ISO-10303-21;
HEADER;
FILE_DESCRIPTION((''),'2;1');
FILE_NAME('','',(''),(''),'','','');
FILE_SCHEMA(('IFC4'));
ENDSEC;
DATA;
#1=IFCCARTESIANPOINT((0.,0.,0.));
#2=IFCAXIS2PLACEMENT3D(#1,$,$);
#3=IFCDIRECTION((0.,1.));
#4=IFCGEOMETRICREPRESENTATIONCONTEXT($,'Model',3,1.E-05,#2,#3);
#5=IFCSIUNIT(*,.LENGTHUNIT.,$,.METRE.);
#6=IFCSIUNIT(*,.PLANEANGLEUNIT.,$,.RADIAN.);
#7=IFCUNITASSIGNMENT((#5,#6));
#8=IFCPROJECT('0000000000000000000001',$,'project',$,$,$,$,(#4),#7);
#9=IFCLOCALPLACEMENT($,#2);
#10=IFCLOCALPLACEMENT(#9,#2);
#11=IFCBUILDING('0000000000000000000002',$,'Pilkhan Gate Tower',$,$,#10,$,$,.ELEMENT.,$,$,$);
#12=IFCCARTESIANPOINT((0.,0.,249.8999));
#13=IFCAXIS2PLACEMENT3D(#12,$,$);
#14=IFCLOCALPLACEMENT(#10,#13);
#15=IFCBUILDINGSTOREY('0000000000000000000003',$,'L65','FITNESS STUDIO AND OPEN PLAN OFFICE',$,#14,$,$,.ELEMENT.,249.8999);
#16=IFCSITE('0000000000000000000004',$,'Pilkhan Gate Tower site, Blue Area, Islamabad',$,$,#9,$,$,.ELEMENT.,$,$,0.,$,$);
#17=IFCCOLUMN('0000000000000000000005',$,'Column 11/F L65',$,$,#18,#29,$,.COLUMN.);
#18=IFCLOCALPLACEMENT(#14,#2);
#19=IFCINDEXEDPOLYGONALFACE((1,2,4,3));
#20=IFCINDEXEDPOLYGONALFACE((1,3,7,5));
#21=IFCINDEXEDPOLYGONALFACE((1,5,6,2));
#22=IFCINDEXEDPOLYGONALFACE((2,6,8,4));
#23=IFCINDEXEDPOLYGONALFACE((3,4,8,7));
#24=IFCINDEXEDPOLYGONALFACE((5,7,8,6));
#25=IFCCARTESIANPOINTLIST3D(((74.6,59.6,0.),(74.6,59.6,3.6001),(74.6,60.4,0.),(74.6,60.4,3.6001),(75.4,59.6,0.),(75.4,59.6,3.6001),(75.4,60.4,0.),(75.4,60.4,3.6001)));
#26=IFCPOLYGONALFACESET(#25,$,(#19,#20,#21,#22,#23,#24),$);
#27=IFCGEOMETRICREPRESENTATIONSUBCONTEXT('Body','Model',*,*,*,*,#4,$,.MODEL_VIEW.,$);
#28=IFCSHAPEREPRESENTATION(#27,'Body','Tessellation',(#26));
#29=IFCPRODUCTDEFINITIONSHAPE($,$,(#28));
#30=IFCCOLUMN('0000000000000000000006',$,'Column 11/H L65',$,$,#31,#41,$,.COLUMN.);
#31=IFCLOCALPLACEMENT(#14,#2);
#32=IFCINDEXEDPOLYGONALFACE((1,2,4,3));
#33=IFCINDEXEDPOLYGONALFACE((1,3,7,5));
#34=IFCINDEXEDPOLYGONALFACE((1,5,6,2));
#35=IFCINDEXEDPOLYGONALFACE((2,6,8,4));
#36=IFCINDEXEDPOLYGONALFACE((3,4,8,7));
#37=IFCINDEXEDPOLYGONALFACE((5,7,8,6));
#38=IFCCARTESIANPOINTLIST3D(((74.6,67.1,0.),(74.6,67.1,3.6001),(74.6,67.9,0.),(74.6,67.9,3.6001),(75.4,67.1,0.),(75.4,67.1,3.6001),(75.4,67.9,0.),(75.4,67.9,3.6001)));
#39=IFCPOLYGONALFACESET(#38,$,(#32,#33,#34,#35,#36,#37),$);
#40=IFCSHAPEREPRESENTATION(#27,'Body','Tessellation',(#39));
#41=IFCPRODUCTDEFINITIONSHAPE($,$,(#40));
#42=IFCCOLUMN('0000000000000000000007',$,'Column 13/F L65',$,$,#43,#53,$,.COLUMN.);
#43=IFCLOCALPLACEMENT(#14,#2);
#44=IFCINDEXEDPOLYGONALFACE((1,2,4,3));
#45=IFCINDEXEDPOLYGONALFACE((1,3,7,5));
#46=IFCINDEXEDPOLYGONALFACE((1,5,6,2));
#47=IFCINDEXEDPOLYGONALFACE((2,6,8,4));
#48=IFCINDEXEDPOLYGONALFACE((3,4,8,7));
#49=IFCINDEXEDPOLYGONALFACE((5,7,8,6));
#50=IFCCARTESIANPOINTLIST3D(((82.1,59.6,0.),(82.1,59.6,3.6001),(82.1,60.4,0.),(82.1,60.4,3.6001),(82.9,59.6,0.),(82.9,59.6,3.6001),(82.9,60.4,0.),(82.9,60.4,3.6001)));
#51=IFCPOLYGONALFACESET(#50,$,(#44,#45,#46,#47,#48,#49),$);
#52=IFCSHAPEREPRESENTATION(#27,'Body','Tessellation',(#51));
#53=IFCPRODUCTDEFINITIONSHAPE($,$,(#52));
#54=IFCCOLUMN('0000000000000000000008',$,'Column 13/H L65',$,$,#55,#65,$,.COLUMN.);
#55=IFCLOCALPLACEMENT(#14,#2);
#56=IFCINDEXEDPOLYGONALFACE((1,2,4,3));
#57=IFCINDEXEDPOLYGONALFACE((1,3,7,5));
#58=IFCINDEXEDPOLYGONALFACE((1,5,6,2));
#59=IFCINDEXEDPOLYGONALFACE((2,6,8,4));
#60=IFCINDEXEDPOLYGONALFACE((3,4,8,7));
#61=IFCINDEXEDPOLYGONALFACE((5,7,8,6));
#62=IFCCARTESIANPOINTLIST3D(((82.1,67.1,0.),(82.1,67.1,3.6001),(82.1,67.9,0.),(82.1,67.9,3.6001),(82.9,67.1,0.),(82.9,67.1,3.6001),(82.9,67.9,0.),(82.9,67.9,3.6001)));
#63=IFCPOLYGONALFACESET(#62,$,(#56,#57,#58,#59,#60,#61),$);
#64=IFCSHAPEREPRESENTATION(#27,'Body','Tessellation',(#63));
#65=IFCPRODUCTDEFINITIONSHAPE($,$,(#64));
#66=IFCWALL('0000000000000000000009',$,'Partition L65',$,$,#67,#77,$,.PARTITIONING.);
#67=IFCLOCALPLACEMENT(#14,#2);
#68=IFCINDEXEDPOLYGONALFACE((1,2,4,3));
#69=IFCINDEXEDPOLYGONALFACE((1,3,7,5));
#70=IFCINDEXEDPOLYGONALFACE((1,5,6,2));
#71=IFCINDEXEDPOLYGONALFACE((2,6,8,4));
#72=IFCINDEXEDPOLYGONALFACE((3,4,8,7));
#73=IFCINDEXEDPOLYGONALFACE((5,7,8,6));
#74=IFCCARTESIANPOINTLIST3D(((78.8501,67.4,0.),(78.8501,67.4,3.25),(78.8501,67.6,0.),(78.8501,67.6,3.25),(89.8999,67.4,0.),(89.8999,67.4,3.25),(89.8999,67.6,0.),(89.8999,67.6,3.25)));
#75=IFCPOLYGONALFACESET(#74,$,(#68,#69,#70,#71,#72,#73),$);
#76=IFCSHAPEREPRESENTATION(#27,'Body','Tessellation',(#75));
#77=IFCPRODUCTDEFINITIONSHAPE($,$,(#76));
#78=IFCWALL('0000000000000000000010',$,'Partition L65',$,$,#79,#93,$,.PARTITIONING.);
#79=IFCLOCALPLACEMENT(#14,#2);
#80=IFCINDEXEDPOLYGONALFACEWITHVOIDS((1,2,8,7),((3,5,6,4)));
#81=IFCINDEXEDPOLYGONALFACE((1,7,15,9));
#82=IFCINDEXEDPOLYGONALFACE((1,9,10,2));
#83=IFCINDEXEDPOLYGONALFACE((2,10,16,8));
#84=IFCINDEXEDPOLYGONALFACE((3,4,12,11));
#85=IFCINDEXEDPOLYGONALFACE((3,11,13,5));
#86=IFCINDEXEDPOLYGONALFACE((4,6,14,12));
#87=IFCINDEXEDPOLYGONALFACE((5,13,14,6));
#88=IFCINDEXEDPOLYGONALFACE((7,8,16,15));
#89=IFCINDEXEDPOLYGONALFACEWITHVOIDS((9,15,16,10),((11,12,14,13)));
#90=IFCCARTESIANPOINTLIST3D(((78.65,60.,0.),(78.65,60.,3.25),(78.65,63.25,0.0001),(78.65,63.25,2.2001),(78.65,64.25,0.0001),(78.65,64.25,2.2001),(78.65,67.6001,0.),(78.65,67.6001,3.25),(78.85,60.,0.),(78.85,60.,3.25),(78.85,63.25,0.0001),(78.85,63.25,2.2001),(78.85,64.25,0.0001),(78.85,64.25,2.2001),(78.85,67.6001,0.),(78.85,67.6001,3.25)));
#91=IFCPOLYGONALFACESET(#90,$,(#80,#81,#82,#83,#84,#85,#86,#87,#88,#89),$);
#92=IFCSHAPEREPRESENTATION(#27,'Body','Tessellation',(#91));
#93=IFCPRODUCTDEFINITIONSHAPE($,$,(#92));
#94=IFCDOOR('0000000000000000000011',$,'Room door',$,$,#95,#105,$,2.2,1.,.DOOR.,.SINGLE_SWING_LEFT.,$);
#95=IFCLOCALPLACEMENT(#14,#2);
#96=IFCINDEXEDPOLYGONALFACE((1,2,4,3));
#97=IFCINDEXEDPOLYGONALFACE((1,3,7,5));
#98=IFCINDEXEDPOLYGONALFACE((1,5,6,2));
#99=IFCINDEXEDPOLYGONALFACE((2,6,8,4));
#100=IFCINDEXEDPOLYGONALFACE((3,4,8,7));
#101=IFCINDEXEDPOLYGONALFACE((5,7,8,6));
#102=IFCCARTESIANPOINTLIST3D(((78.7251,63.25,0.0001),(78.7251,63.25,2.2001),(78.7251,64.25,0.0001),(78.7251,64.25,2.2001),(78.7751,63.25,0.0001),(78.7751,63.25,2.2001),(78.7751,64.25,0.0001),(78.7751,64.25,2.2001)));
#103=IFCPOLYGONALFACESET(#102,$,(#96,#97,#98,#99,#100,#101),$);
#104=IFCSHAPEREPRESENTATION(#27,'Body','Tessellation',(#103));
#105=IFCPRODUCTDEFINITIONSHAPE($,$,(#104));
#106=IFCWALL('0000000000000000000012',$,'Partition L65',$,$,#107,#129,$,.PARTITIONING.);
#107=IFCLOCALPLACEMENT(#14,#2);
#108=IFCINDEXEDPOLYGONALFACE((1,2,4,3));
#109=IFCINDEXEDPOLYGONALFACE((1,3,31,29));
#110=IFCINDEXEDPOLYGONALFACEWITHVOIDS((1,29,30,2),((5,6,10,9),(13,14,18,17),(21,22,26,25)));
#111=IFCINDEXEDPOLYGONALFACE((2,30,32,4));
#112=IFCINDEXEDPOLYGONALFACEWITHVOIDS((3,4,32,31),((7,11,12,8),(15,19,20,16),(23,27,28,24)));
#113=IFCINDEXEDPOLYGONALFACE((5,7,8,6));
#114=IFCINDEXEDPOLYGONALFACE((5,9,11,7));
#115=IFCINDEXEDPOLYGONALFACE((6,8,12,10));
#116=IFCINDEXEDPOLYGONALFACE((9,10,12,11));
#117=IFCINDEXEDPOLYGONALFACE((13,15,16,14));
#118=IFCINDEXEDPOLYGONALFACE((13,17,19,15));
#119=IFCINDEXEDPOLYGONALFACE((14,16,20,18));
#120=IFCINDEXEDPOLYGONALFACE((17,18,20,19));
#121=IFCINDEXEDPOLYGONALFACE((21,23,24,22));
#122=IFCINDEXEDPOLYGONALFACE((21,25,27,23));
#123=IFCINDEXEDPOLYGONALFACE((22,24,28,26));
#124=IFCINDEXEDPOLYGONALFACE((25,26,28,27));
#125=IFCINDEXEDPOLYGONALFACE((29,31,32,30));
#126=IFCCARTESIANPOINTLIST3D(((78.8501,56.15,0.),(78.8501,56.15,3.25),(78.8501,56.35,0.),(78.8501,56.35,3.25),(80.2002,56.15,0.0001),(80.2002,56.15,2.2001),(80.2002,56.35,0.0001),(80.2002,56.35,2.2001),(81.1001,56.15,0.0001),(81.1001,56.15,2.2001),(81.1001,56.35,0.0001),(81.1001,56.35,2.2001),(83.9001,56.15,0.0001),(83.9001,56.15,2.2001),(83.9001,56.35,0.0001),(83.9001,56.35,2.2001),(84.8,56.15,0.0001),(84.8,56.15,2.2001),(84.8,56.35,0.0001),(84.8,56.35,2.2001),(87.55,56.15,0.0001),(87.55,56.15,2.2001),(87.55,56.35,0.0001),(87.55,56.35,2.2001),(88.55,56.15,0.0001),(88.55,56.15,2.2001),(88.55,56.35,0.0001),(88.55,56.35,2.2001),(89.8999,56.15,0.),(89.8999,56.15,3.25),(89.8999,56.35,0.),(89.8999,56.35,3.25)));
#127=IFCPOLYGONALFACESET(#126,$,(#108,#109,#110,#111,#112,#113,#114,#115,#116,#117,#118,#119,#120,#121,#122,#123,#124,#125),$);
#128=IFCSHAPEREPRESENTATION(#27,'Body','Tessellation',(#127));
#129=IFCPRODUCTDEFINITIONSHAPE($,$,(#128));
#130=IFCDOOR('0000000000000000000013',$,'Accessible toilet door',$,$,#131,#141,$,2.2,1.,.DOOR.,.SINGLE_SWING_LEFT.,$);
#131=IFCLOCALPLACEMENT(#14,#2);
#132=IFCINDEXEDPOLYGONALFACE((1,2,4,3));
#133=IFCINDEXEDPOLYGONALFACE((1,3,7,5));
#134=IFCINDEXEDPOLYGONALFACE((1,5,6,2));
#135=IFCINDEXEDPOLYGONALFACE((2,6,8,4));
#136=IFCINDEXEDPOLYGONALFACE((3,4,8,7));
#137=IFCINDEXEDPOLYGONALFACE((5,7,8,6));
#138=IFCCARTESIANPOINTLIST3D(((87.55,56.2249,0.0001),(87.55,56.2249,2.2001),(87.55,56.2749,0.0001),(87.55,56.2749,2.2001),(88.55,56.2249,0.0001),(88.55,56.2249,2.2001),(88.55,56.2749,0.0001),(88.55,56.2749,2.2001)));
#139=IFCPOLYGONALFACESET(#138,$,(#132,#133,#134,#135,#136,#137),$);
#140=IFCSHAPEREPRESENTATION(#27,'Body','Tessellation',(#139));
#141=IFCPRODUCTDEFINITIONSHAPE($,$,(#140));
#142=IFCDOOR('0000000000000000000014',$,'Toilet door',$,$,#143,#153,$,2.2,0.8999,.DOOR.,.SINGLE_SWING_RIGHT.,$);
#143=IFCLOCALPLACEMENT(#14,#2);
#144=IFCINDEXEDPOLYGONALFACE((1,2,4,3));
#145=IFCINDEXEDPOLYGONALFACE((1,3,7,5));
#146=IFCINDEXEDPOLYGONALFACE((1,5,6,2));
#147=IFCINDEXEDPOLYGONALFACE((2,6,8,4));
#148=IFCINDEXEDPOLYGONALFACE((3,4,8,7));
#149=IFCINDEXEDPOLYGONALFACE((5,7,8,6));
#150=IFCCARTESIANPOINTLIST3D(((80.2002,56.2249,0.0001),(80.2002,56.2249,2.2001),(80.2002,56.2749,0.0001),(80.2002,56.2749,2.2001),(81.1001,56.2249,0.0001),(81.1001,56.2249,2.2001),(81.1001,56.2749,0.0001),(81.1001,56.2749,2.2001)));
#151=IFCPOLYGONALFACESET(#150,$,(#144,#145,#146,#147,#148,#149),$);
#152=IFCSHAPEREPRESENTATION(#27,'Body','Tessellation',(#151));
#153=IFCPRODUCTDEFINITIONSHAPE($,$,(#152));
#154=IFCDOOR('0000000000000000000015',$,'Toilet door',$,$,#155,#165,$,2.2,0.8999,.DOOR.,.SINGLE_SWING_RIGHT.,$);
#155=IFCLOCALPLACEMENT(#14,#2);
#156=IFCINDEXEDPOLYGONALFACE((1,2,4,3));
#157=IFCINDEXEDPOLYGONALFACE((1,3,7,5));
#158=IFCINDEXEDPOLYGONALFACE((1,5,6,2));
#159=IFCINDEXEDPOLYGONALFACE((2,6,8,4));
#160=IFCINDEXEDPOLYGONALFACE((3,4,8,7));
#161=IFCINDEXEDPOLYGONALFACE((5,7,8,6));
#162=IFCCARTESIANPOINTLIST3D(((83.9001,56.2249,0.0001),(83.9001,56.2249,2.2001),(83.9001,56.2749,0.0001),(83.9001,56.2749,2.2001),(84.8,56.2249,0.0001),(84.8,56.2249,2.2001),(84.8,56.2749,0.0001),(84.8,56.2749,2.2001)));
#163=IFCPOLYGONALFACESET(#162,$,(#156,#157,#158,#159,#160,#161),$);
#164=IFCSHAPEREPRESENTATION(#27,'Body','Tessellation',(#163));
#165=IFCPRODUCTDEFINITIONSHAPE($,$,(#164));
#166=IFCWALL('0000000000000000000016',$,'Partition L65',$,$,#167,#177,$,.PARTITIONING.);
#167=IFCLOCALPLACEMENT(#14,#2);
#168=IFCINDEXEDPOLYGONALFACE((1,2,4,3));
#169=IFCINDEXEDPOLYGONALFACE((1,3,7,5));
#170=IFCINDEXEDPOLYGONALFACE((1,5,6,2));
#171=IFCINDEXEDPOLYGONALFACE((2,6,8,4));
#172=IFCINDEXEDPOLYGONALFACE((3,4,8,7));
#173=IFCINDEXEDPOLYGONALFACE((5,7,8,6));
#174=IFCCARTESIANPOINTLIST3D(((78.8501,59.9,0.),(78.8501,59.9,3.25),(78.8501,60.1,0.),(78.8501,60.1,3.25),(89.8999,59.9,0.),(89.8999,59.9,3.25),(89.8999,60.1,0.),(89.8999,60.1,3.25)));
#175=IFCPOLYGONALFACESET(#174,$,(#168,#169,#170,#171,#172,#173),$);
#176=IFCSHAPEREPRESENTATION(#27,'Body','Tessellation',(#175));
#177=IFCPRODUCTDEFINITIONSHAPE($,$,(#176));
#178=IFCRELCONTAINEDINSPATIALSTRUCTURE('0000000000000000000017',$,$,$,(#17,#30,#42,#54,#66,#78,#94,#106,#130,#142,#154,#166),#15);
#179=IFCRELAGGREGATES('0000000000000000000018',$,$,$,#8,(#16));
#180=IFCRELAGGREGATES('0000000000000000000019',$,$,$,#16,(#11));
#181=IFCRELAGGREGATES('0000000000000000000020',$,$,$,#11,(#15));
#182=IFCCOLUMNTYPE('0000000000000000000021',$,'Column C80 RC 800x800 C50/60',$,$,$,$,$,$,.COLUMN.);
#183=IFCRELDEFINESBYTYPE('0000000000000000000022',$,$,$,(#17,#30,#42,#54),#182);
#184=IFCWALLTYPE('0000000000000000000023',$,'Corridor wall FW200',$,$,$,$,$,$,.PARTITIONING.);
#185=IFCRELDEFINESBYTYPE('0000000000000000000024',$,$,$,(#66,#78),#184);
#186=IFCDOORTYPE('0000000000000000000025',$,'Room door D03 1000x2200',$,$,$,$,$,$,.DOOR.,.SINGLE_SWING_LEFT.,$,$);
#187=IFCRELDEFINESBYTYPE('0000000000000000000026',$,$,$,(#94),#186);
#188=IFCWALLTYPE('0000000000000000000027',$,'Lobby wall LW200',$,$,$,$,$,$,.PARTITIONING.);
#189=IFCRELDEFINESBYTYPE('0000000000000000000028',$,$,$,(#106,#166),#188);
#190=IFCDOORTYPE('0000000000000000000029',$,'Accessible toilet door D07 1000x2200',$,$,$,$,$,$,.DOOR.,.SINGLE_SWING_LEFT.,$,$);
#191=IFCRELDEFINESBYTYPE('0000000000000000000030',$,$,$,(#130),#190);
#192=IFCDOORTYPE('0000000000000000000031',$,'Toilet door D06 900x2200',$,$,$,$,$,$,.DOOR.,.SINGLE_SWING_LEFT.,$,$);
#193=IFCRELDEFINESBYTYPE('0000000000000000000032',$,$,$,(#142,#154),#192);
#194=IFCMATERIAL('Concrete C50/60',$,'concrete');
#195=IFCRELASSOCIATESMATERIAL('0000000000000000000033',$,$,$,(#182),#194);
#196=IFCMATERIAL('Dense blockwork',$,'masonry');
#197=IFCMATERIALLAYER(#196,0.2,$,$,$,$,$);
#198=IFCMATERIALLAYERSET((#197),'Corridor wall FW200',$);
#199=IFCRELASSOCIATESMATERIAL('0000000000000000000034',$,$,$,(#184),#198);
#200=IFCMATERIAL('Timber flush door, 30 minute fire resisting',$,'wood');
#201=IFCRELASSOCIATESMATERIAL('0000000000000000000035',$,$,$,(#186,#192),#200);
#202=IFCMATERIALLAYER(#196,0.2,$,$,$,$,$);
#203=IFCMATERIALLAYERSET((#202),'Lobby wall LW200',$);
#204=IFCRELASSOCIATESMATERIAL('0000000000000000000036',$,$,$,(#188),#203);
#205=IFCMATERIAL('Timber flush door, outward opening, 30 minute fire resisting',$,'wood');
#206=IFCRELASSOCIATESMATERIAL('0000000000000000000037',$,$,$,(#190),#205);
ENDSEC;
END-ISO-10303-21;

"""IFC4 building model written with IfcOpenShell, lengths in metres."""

from ifc_helpers import new_model, si_unit, direction, frame, frame_2d, origin, origin_2d, place, context, subcontext, project, spatial, rectangle, extrude, material, layer, layer_set, material_profile, profile_set, type_object, element, fill, save


model = new_model("IFC4")

# Units and contexts
model_context = context("Model", 3, precision=1e-05, world=origin(), true_north=direction((0.0, 1.0)))
body_context = subcontext(model_context, "Body", "Model", "MODEL_VIEW")
ifc_project = project(units=[si_unit("LENGTHUNIT", "METRE"), si_unit("PLANEANGLEUNIT", "RADIAN")], contexts=[model_context])

# Site, building, storey
site_placement = place(None, origin())
site = spatial("IfcSite", under=ifc_project, at=site_placement, Name="Pilkhan Gate Tower site, Blue Area, Islamabad", CompositionType="ELEMENT", RefElevation=0.0)
building_placement = place(site_placement, origin())
building = spatial("IfcBuilding", under=site, at=building_placement, Name="Pilkhan Gate Tower", CompositionType="ELEMENT")
storey_placement = place(building_placement, frame((0.0, 0.0, 249.8999)))
storey = spatial("IfcBuildingStorey", under=building, at=storey_placement, Name="L65", Description="FITNESS STUDIO AND OPEN PLAN OFFICE", CompositionType="ELEMENT", Elevation=249.8999)

# Columns
ifc_material_1 = material(Name="Concrete C50/60", Category="concrete")
ifc_material_profile = material_profile(ifc_material_1, rectangle(XDim=0.8, YDim=0.8, at=origin_2d()), Name="RC 800x800")
ifc_profile_set = profile_set([ifc_material_profile], Name="Concrete C50/60")
column_type = type_object("IfcColumnType", Name="Column C80 RC 800x800 C50/60", PredefinedType="COLUMN", material=ifc_profile_set)
for number, where, z_axis, x_axis, name in (
    (1, (75.0, 60.0, 0.0), (0.0, 0.0, 1.0), (1.0, 0.0, 0.0), "Column 11/F L65"),
    (2, (75.0, 67.5, 0.0), (0.0, 0.0, 1.0), (1.0, 0.0, 0.0), "Column 11/H L65"),
    (3, (82.5, 60.0, 0.0), (0.0, 0.0, 1.0), (1.0, 0.0, 0.0), "Column 13/F L65"),
    (4, (82.5, 67.5, 0.0), (0.0, 0.0, 1.0), (1.0, 0.0, 0.0), "Column 13/H L65"),
):
    element("IfcColumn", number, at=place(storey_placement, frame(where, z_axis=z_axis, x_axis=x_axis)), inside=storey, type_object=column_type, Name=name, PredefinedType="COLUMN", context=body_context, shape_type="SweptSolid", body=[
        extrude(rectangle(XDim=0.8, YDim=0.8, at=origin_2d()), origin(), (0.0, 0.0, 1.0), 3.6001),
    ])

# Wall
ifc_material_2 = material(Name="Dense blockwork", Category="masonry")
ifc_layer_1 = layer(ifc_material_2, 0.2)
ifc_layer_set_1 = layer_set([ifc_layer_1], Name="Corridor wall FW200")
wall_type_1 = type_object("IfcWallType", Name="Corridor wall FW200", PredefinedType="PARTITIONING", material=ifc_layer_set_1)
wall_1_placement = place(storey_placement, frame((78.8501, 67.5, 0.0), z_axis=(0.0, 0.0, 1.0), x_axis=(1.0, 0.0, 0.0)))
element("IfcWall", 5, at=wall_1_placement, inside=storey, type_object=wall_type_1, Name="Partition L65", PredefinedType="PARTITIONING", context=body_context, shape_type="SweptSolid", body=[
    extrude(rectangle(XDim=11.0498, YDim=0.2, at=frame_2d((5.5249, 0.0))), origin(), (0.0, 0.0, 1.0), 3.25),
])

# Wall, opening, door
wall_2_placement = place(storey_placement, frame((78.75, 60.0, 0.0), z_axis=(0.0, 0.0, 1.0), x_axis=(0.0, 1.0, 0.0)))
wall_2 = element("IfcWall", 6, at=wall_2_placement, inside=storey, type_object=wall_type_1, Name="Partition L65", PredefinedType="PARTITIONING", context=body_context, shape_type="SweptSolid", body=[
    extrude(rectangle(XDim=7.6001, YDim=0.2, at=frame_2d((3.8, 0.0))), origin(), (0.0, 0.0, 1.0), 3.25),
])
opening_1_placement = place(wall_2_placement, frame((3.25, 0.0, 0.0)))
opening_1 = element("IfcOpeningElement", 7, at=opening_1_placement, cuts=wall_2, PredefinedType="OPENING", context=body_context, shape_type="SweptSolid", body=[
    extrude(rectangle(XDim=1.0, YDim=2.2, at=frame_2d((0.5, 1.1001))), frame((0.0, 0.1099, 0.0), z_axis=(0.0, -1.0, 0.0), x_axis=(1.0, 0.0, 0.0)), (0.0, 0.0, 1.0), 0.22),
])
ifc_material_3 = material(Name="Timber flush door, 30 minute fire resisting", Category="wood")
door_type_1 = type_object("IfcDoorType", Name="Room door D03 1000x2200", OperationType="SINGLE_SWING_LEFT", PredefinedType="DOOR", material=ifc_material_3)
door_1_placement = place(opening_1_placement, origin())
door_1 = element("IfcDoor", 8, at=door_1_placement, inside=storey, type_object=door_type_1, Name="Room door", OperationType="SINGLE_SWING_LEFT", OverallHeight=2.2, OverallWidth=1.0, PredefinedType="DOOR", context=body_context, shape_type="SweptSolid", body=[
    extrude(rectangle(XDim=1.0, YDim=2.2, at=frame_2d((0.5, 1.1001))), frame((0.0, 0.0249, 0.0), z_axis=(0.0, -1.0, 0.0), x_axis=(1.0, 0.0, 0.0)), (0.0, 0.0, 1.0), 0.05),
])
fill(opening_1, door_1)

# Wall, openings, doors
ifc_layer_2 = layer(ifc_material_2, 0.2)
ifc_layer_set_2 = layer_set([ifc_layer_2], Name="Lobby wall LW200")
wall_type_2 = type_object("IfcWallType", Name="Lobby wall LW200", PredefinedType="PARTITIONING", material=ifc_layer_set_2)
wall_3_placement = place(storey_placement, frame((78.8501, 56.25, 0.0), z_axis=(0.0, 0.0, 1.0), x_axis=(1.0, 0.0, 0.0)))
wall_3 = element("IfcWall", 9, at=wall_3_placement, inside=storey, type_object=wall_type_2, Name="Partition L65", PredefinedType="PARTITIONING", context=body_context, shape_type="SweptSolid", body=[
    extrude(rectangle(XDim=11.0498, YDim=0.2, at=frame_2d((5.5249, 0.0))), origin(), (0.0, 0.0, 1.0), 3.25),
])
opening_2_placement = place(wall_3_placement, frame((1.3501, 0.0, 0.0)))
opening_2 = element("IfcOpeningElement", 10, at=opening_2_placement, cuts=wall_3, PredefinedType="OPENING", context=body_context, shape_type="SweptSolid", body=[
    extrude(rectangle(XDim=0.8999, YDim=2.2, at=frame_2d((0.45, 1.1001))), frame((0.0, 0.1099, 0.0), z_axis=(0.0, -1.0, 0.0), x_axis=(1.0, 0.0, 0.0)), (0.0, 0.0, 1.0), 0.22),
])
opening_3_placement = place(wall_3_placement, frame((5.05, 0.0, 0.0)))
opening_3 = element("IfcOpeningElement", 11, at=opening_3_placement, cuts=wall_3, PredefinedType="OPENING", context=body_context, shape_type="SweptSolid", body=[
    extrude(rectangle(XDim=0.8999, YDim=2.2, at=frame_2d((0.45, 1.1001))), frame((0.0, 0.1099, 0.0), z_axis=(0.0, -1.0, 0.0), x_axis=(1.0, 0.0, 0.0)), (0.0, 0.0, 1.0), 0.22),
])
opening_4_placement = place(wall_3_placement, frame((8.7, 0.0, 0.0)))
opening_4 = element("IfcOpeningElement", 12, at=opening_4_placement, cuts=wall_3, PredefinedType="OPENING", context=body_context, shape_type="SweptSolid", body=[
    extrude(rectangle(XDim=1.0, YDim=2.2, at=frame_2d((0.5, 1.1001))), frame((0.0, 0.1099, 0.0), z_axis=(0.0, -1.0, 0.0), x_axis=(1.0, 0.0, 0.0)), (0.0, 0.0, 1.0), 0.22),
])
ifc_material_4 = material(Name="Timber flush door, outward opening, 30 minute fire resisting", Category="wood")
door_type_2 = type_object("IfcDoorType", Name="Accessible toilet door D07 1000x2200", OperationType="SINGLE_SWING_LEFT", PredefinedType="DOOR", material=ifc_material_4)
door_2_placement = place(opening_4_placement, origin())
door_2 = element("IfcDoor", 13, at=door_2_placement, inside=storey, type_object=door_type_2, Name="Accessible toilet door", OperationType="SINGLE_SWING_LEFT", OverallHeight=2.2, OverallWidth=1.0, PredefinedType="DOOR", context=body_context, shape_type="SweptSolid", body=[
    extrude(rectangle(XDim=1.0, YDim=2.2, at=frame_2d((0.5, 1.1001))), frame((0.0, 0.0249, 0.0), z_axis=(0.0, -1.0, 0.0), x_axis=(1.0, 0.0, 0.0)), (0.0, 0.0, 1.0), 0.05),
])
fill(opening_4, door_2)
door_type_3 = type_object("IfcDoorType", Name="Toilet door D06 900x2200", OperationType="SINGLE_SWING_LEFT", PredefinedType="DOOR", material=ifc_material_3)
door_3_placement = place(opening_2_placement, origin())
door_3 = element("IfcDoor", 14, at=door_3_placement, inside=storey, type_object=door_type_3, Name="Toilet door", OperationType="SINGLE_SWING_RIGHT", OverallHeight=2.2, OverallWidth=0.8999, PredefinedType="DOOR", context=body_context, shape_type="SweptSolid", body=[
    extrude(rectangle(XDim=0.8999, YDim=2.2, at=frame_2d((0.45, 1.1001))), frame((0.0, 0.0249, 0.0), z_axis=(0.0, -1.0, 0.0), x_axis=(1.0, 0.0, 0.0)), (0.0, 0.0, 1.0), 0.05),
])
fill(opening_2, door_3)
door_4_placement = place(opening_3_placement, origin())
door_4 = element("IfcDoor", 15, at=door_4_placement, inside=storey, type_object=door_type_3, Name="Toilet door", OperationType="SINGLE_SWING_RIGHT", OverallHeight=2.2, OverallWidth=0.8999, PredefinedType="DOOR", context=body_context, shape_type="SweptSolid", body=[
    extrude(rectangle(XDim=0.8999, YDim=2.2, at=frame_2d((0.45, 1.1001))), frame((0.0, 0.0249, 0.0), z_axis=(0.0, -1.0, 0.0), x_axis=(1.0, 0.0, 0.0)), (0.0, 0.0, 1.0), 0.05),
])
fill(opening_3, door_4)

# Wall
wall_4_placement = place(storey_placement, frame((78.8501, 60.0, 0.0), z_axis=(0.0, 0.0, 1.0), x_axis=(1.0, 0.0, 0.0)))
element("IfcWall", 16, at=wall_4_placement, inside=storey, type_object=wall_type_2, Name="Partition L65", PredefinedType="PARTITIONING", context=body_context, shape_type="SweptSolid", body=[
    extrude(rectangle(XDim=11.0498, YDim=0.2, at=frame_2d((5.5249, 0.0))), origin(), (0.0, 0.0, 1.0), 3.25),
])

save(model, "model.ifc")
